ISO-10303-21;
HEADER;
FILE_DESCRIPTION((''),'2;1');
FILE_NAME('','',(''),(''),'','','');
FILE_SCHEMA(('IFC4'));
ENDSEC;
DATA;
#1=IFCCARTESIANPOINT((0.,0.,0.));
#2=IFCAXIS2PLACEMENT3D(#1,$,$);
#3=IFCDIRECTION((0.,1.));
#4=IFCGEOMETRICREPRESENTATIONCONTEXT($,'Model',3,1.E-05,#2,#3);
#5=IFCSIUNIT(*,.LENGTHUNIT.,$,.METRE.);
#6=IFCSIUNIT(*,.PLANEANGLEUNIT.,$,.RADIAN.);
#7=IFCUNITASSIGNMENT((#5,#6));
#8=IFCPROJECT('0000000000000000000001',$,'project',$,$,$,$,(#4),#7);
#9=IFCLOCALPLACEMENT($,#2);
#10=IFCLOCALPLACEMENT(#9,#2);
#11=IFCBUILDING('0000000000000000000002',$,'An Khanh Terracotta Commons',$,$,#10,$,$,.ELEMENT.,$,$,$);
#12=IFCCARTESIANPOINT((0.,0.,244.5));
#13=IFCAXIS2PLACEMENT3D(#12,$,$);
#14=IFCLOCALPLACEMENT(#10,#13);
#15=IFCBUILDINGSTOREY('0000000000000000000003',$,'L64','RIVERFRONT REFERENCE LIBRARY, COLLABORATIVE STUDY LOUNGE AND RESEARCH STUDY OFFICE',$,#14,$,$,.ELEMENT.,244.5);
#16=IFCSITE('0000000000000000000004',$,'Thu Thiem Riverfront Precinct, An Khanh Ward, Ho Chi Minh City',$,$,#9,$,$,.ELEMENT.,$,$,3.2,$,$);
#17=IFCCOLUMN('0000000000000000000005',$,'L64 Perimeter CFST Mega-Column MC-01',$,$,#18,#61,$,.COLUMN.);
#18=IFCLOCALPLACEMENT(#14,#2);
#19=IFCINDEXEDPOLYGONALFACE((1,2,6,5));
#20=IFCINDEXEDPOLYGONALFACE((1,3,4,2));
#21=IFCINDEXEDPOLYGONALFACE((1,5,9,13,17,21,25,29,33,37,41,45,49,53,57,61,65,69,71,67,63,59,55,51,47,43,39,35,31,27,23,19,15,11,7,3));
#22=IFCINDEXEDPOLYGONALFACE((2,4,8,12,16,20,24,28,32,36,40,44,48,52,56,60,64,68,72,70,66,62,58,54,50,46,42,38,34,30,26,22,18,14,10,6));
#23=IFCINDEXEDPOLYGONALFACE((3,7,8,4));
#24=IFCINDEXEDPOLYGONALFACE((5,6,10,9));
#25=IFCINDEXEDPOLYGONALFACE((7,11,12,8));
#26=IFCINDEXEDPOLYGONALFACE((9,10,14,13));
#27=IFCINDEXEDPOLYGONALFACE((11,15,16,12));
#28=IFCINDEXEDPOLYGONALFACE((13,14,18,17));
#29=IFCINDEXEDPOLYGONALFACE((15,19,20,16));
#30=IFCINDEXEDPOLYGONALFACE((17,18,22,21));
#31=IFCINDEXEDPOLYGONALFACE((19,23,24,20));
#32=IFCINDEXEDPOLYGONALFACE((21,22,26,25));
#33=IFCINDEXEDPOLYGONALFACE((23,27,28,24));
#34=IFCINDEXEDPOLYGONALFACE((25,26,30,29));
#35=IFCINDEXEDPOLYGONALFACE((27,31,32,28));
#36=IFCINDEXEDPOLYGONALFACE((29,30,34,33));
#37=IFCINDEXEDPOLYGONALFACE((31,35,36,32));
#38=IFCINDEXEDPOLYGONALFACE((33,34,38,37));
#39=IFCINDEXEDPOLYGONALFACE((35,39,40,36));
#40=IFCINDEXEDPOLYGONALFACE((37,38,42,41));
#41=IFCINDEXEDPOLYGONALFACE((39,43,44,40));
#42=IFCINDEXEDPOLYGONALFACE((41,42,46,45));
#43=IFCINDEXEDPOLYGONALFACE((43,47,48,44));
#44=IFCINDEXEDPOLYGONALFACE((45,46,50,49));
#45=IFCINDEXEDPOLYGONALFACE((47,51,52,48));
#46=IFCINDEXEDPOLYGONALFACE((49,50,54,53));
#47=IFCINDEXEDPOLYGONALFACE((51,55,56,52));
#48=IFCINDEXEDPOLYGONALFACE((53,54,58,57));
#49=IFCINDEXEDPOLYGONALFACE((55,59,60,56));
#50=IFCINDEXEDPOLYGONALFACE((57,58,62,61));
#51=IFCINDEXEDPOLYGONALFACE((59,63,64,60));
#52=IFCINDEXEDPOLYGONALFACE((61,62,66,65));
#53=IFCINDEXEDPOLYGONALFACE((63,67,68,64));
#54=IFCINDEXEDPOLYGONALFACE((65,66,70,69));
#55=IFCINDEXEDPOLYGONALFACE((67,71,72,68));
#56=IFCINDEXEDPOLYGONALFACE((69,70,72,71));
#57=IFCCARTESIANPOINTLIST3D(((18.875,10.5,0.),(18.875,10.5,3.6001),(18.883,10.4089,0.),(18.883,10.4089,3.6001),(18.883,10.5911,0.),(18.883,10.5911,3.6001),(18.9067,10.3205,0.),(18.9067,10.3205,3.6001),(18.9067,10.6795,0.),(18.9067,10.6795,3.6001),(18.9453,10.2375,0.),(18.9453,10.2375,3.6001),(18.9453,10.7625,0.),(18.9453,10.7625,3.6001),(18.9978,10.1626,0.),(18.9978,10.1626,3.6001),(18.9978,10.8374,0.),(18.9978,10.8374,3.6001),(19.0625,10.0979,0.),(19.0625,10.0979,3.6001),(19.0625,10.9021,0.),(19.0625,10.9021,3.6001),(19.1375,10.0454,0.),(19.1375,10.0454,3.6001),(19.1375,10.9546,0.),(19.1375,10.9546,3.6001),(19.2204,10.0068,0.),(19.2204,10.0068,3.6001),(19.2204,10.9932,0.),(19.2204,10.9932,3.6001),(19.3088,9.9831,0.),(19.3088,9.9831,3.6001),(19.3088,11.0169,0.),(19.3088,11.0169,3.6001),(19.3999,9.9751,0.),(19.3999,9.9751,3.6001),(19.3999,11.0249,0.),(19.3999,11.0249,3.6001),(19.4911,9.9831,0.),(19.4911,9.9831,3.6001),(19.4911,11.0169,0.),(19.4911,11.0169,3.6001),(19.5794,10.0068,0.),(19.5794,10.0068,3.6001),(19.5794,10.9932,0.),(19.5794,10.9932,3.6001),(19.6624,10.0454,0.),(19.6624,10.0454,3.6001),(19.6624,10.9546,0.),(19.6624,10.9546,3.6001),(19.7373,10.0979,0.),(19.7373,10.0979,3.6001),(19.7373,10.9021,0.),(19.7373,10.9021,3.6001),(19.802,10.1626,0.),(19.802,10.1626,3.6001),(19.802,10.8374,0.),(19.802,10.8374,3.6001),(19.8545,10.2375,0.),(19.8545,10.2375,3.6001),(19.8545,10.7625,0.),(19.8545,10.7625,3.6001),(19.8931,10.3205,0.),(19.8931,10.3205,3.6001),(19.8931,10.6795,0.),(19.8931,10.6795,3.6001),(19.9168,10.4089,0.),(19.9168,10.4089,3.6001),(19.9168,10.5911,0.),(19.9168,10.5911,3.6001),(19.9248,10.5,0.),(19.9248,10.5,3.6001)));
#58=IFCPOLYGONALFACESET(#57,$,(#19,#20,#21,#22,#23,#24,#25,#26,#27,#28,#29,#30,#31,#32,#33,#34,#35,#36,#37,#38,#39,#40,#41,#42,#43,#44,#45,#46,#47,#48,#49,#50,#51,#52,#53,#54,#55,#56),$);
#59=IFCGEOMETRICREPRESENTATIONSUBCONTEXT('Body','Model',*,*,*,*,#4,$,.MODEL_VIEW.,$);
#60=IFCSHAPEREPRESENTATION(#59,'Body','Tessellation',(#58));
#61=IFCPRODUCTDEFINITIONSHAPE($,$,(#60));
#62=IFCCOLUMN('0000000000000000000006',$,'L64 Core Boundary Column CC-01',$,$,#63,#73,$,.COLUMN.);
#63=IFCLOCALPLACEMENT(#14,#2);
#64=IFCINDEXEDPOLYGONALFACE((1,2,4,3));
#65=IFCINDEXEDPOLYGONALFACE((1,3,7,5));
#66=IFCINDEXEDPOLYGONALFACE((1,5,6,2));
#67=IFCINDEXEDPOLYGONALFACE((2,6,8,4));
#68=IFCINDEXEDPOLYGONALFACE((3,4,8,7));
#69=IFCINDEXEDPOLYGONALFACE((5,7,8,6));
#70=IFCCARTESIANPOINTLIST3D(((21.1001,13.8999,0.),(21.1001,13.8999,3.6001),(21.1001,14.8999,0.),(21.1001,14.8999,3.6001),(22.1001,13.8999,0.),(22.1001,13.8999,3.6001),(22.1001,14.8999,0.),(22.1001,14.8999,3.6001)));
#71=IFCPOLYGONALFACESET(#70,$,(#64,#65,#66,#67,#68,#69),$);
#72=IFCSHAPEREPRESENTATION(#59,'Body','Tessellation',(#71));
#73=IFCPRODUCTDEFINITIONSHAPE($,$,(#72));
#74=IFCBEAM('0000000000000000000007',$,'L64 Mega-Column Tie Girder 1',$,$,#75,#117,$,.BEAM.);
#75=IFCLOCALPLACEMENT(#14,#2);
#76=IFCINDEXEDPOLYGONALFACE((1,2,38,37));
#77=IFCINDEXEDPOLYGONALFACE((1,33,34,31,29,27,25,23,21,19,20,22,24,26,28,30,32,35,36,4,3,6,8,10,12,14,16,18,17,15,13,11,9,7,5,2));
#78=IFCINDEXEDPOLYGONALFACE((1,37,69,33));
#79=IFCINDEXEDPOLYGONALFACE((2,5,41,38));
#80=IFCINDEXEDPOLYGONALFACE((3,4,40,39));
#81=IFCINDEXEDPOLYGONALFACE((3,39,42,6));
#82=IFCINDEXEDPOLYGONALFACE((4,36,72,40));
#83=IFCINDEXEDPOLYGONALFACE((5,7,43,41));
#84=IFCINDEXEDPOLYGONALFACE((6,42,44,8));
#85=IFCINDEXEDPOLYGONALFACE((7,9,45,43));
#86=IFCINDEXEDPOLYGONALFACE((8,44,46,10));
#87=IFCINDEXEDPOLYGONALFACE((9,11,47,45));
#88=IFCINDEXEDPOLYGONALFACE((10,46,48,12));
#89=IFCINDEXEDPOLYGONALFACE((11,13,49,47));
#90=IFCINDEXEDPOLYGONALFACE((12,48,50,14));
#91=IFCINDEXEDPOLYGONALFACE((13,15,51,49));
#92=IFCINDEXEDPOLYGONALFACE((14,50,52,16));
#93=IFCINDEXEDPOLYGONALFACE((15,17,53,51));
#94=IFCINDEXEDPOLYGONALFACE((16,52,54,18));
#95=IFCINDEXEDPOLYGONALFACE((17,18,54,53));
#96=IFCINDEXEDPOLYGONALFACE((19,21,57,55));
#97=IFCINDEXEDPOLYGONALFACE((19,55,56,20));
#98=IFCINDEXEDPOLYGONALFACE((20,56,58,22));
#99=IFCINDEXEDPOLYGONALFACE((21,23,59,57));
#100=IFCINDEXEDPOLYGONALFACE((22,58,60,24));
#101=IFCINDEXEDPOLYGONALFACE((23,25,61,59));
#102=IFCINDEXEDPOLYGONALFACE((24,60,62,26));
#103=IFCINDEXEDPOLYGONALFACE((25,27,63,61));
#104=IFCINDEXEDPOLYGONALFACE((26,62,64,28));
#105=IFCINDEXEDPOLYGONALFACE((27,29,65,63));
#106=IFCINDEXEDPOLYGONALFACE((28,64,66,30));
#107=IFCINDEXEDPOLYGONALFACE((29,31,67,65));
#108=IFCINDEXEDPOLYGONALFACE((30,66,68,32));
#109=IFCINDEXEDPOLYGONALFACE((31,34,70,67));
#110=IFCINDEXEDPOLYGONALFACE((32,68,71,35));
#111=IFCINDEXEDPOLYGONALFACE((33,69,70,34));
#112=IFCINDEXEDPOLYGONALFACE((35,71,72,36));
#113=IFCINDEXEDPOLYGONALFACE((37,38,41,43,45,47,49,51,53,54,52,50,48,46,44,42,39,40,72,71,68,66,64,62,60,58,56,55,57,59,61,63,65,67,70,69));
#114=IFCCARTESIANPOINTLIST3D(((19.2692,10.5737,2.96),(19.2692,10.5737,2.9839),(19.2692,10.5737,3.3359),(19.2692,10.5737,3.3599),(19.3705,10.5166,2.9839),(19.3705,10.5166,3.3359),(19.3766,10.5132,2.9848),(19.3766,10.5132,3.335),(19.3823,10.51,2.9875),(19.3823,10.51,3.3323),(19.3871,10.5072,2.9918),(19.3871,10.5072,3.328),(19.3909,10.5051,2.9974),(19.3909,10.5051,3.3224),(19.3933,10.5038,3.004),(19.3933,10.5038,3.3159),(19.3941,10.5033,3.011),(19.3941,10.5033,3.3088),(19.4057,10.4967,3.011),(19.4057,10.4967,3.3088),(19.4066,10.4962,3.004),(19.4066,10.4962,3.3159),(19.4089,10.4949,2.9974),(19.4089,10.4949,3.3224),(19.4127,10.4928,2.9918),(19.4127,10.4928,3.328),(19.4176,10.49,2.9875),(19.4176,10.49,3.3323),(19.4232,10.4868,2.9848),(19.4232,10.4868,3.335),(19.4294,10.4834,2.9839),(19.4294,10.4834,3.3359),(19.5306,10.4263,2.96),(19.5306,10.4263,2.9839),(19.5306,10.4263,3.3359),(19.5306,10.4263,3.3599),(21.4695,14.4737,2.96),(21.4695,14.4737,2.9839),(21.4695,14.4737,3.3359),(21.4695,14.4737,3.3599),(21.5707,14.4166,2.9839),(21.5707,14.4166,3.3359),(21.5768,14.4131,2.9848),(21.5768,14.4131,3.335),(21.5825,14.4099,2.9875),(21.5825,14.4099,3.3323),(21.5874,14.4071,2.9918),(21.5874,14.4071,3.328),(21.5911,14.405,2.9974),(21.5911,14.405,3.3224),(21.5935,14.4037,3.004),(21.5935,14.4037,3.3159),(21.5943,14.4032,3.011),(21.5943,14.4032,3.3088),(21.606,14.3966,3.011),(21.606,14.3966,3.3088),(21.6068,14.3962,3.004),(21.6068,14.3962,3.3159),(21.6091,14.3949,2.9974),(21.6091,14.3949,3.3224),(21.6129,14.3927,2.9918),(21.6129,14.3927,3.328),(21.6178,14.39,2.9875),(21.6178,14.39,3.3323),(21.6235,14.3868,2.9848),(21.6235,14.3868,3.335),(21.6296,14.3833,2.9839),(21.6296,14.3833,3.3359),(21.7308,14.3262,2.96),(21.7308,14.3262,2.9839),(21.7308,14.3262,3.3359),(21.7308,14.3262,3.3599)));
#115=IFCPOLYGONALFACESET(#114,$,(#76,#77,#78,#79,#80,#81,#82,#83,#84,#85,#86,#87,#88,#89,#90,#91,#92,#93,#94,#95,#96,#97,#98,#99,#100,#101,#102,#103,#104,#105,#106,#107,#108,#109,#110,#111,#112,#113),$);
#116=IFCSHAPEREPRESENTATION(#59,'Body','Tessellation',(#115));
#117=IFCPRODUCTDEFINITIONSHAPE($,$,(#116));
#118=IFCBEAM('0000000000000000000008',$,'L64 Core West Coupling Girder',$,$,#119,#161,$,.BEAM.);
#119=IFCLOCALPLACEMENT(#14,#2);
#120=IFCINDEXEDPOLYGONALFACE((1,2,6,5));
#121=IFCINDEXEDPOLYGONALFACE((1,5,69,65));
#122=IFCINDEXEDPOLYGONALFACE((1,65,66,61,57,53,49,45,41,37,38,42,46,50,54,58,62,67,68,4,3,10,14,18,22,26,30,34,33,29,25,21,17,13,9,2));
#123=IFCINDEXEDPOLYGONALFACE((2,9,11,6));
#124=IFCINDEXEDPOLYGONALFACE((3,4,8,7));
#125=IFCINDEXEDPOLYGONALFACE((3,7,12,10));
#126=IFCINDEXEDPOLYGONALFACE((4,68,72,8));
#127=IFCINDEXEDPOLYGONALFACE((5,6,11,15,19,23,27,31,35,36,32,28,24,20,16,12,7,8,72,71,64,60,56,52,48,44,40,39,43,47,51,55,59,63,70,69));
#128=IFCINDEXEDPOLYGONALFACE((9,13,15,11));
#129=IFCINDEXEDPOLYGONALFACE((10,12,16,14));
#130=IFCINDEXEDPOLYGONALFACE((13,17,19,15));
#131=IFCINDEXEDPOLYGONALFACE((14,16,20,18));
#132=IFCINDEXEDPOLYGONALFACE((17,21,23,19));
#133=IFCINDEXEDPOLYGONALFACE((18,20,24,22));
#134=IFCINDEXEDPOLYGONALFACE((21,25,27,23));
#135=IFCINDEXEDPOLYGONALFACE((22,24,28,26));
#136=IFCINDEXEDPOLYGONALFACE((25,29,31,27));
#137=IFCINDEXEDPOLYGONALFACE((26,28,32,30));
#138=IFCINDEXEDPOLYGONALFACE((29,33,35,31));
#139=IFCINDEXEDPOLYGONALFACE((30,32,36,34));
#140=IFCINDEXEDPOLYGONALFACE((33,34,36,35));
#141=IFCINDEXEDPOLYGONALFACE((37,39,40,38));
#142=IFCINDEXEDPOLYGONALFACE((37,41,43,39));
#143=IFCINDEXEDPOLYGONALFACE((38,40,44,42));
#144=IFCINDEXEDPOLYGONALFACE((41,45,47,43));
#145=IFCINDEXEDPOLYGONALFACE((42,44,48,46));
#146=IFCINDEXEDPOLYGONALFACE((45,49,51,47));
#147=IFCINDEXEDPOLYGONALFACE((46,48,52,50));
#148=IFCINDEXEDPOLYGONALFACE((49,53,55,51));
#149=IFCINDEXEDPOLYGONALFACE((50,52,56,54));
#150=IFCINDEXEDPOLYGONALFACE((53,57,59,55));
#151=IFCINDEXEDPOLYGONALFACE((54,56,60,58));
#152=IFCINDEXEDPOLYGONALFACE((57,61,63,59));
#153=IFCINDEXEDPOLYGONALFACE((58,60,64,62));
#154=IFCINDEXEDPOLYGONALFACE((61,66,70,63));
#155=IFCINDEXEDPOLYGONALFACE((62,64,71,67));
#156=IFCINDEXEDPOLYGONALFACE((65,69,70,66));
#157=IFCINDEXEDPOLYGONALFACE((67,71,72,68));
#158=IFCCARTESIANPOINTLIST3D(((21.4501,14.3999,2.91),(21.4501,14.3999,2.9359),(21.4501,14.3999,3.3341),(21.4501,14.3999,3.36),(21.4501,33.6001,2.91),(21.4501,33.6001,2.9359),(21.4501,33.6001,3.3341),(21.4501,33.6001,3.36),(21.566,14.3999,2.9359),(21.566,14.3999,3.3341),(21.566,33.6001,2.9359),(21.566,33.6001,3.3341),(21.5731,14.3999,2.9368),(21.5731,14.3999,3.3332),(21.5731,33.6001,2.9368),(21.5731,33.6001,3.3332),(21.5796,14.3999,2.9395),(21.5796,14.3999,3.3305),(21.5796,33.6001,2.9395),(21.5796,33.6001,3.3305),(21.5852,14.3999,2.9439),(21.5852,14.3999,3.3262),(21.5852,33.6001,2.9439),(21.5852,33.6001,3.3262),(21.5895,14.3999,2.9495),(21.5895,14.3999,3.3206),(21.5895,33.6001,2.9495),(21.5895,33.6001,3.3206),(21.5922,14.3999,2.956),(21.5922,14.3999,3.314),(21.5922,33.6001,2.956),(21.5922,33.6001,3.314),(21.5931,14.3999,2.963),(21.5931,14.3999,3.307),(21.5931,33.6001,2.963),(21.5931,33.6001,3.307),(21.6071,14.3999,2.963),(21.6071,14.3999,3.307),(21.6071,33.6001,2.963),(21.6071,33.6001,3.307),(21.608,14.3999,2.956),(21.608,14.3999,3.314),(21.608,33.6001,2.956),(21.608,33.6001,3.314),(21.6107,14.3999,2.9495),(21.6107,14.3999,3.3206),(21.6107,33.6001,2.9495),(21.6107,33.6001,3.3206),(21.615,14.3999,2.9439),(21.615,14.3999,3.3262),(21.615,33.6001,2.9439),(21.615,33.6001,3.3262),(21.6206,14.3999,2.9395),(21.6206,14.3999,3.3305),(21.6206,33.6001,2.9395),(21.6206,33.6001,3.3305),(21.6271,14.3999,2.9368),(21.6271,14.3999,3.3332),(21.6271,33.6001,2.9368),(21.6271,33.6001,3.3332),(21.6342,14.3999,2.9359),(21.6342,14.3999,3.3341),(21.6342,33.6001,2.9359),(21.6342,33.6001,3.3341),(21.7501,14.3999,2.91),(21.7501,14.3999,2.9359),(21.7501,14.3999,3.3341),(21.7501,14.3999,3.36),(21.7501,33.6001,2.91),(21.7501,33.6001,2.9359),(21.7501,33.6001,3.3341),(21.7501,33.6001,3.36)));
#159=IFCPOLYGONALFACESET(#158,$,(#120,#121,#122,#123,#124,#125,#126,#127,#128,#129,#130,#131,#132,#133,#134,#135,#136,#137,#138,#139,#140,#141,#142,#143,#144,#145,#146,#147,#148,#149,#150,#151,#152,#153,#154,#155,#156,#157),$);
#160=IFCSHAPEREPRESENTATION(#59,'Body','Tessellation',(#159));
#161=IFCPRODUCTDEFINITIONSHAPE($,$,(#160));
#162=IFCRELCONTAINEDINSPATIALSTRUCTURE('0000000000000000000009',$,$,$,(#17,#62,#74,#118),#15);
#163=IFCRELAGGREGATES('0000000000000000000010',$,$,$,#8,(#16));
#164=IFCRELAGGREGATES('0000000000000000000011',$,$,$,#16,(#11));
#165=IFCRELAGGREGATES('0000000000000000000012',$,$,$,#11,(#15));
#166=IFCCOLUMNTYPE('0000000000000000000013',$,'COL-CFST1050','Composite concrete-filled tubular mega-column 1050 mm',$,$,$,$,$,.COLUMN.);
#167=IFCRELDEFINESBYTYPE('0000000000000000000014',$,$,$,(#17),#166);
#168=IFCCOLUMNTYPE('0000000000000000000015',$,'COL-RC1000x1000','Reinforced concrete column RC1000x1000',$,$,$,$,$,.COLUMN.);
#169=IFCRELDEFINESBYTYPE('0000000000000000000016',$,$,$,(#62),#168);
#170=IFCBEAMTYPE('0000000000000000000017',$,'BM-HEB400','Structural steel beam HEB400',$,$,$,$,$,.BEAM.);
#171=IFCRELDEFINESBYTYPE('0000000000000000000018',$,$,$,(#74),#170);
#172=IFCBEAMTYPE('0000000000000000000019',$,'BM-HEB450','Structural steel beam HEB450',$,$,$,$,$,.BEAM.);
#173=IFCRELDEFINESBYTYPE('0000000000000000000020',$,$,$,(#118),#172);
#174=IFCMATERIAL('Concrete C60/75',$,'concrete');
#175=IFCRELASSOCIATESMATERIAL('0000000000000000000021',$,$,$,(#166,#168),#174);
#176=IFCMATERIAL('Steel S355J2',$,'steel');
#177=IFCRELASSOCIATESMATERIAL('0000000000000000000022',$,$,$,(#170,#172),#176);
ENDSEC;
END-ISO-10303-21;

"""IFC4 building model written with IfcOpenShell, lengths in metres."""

from ifc_helpers import new_model, si_unit, direction, frame, origin, origin_2d, place, context, subcontext, project, spatial, rectangle, circle, i_section, extrude, material, material_profile, profile_set, type_object, element, save


model = new_model("IFC4")

# Units and contexts
model_context = context("Model", 3, precision=1e-05, world=origin(), true_north=direction((0.0, 1.0)))
body_context = subcontext(model_context, "Body", "Model", "MODEL_VIEW")
ifc_project = project(units=[si_unit("LENGTHUNIT", "METRE"), si_unit("PLANEANGLEUNIT", "RADIAN")], contexts=[model_context])

# Site, building, storey
site_placement = place(None, origin())
site = spatial("IfcSite", under=ifc_project, at=site_placement, Name="Thu Thiem Riverfront Precinct, An Khanh Ward, Ho Chi Minh City", CompositionType="ELEMENT", RefElevation=3.2)
building_placement = place(site_placement, origin())
building = spatial("IfcBuilding", under=site, at=building_placement, Name="An Khanh Terracotta Commons", CompositionType="ELEMENT")
storey_placement = place(building_placement, frame((0.0, 0.0, 244.5)))
storey = spatial("IfcBuildingStorey", under=building, at=storey_placement, Name="L64", Description="RIVERFRONT REFERENCE LIBRARY, COLLABORATIVE STUDY LOUNGE AND RESEARCH STUDY OFFICE", CompositionType="ELEMENT", Elevation=244.5)

# Columns
ifc_material_1 = material(Name="Concrete C60/75", Category="concrete")
ifc_material_profile_1 = material_profile(ifc_material_1, circle(Radius=0.5249, at=origin_2d()), Name="CFST1050")
ifc_profile_set_1 = profile_set([ifc_material_profile_1], Name="Concrete C60/75")
column_type_1 = type_object("IfcColumnType", Name="COL-CFST1050", Description="Composite concrete-filled tubular mega-column 1050 mm", PredefinedType="COLUMN", material=ifc_profile_set_1)
column_1_placement = place(storey_placement, frame((19.3999, 10.5, 0.0), z_axis=(0.0, 0.0, 1.0), x_axis=(1.0, 0.0, 0.0)))
element("IfcColumn", 1, at=column_1_placement, inside=storey, type_object=column_type_1, Name="L64 Perimeter CFST Mega-Column MC-01", PredefinedType="COLUMN", context=body_context, shape_type="SweptSolid", body=[
    extrude(circle(Radius=0.5249, at=origin_2d()), origin(), (0.0, 0.0, 1.0), 3.6001),
])
ifc_material_profile_2 = material_profile(ifc_material_1, rectangle(XDim=1.0, YDim=1.0, at=origin_2d()), Name="RC1000x1000")
ifc_profile_set_2 = profile_set([ifc_material_profile_2], Name="Concrete C60/75")
column_type_2 = type_object("IfcColumnType", Name="COL-RC1000x1000", Description="Reinforced concrete column RC1000x1000", PredefinedType="COLUMN", material=ifc_profile_set_2)
column_2_placement = place(storey_placement, frame((21.6001, 14.3999, 0.0), z_axis=(0.0, 0.0, 1.0), x_axis=(1.0, 0.0, 0.0)))
element("IfcColumn", 2, at=column_2_placement, inside=storey, type_object=column_type_2, Name="L64 Core Boundary Column CC-01", PredefinedType="COLUMN", context=body_context, shape_type="SweptSolid", body=[
    extrude(rectangle(XDim=1.0, YDim=1.0, at=origin_2d()), origin(), (0.0, 0.0, 1.0), 3.6001),
])

# Beams
ifc_material_2 = material(Name="Steel S355J2", Category="steel")
ifc_material_profile_3 = material_profile(ifc_material_2, i_section(OverallWidth=0.3, OverallDepth=0.3999, WebThickness=0.0134, FlangeThickness=0.0239, FilletRadius=0.0271, at=origin_2d()), Name="HEB400")
ifc_profile_set_3 = profile_set([ifc_material_profile_3], Name="Steel S355J2")
beam_type_1 = type_object("IfcBeamType", Name="BM-HEB400", Description="Structural steel beam HEB400", PredefinedType="BEAM", material=ifc_profile_set_3)
beam_1_placement = place(storey_placement, frame((19.3999, 10.5, 3.1599), z_axis=(0.491364, 0.870955, 0.0), x_axis=(-0.870955, 0.491364, 0.0)))
element("IfcBeam", 3, at=beam_1_placement, inside=storey, type_object=beam_type_1, Name="L64 Mega-Column Tie Girder 1", PredefinedType="BEAM", context=body_context, shape_type="SweptSolid", body=[
    extrude(i_section(OverallWidth=0.3, OverallDepth=0.3999, WebThickness=0.0134, FlangeThickness=0.0239, FilletRadius=0.0271, at=origin_2d()), origin(), (0.0, 0.0, 1.0), 4.4778),
])
ifc_material_profile_4 = material_profile(ifc_material_2, i_section(OverallWidth=0.3, OverallDepth=0.45, WebThickness=0.0139, FlangeThickness=0.0259, FilletRadius=0.0271, at=origin_2d()), Name="HEB450")
ifc_profile_set_4 = profile_set([ifc_material_profile_4], Name="Steel S355J2")
beam_type_2 = type_object("IfcBeamType", Name="BM-HEB450", Description="Structural steel beam HEB450", PredefinedType="BEAM", material=ifc_profile_set_4)
beam_2_placement = place(storey_placement, frame((21.6001, 14.3999, 3.135), z_axis=(0.0, 1.0, 0.0), x_axis=(-1.0, 0.0, 0.0)))
element("IfcBeam", 4, at=beam_2_placement, inside=storey, type_object=beam_type_2, Name="L64 Core West Coupling Girder", PredefinedType="BEAM", context=body_context, shape_type="SweptSolid", body=[
    extrude(i_section(OverallWidth=0.3, OverallDepth=0.45, WebThickness=0.0139, FlangeThickness=0.0259, FilletRadius=0.0271, at=origin_2d()), origin(), (0.0, 0.0, 1.0), 19.2002),
])

save(model, "model.ifc")
